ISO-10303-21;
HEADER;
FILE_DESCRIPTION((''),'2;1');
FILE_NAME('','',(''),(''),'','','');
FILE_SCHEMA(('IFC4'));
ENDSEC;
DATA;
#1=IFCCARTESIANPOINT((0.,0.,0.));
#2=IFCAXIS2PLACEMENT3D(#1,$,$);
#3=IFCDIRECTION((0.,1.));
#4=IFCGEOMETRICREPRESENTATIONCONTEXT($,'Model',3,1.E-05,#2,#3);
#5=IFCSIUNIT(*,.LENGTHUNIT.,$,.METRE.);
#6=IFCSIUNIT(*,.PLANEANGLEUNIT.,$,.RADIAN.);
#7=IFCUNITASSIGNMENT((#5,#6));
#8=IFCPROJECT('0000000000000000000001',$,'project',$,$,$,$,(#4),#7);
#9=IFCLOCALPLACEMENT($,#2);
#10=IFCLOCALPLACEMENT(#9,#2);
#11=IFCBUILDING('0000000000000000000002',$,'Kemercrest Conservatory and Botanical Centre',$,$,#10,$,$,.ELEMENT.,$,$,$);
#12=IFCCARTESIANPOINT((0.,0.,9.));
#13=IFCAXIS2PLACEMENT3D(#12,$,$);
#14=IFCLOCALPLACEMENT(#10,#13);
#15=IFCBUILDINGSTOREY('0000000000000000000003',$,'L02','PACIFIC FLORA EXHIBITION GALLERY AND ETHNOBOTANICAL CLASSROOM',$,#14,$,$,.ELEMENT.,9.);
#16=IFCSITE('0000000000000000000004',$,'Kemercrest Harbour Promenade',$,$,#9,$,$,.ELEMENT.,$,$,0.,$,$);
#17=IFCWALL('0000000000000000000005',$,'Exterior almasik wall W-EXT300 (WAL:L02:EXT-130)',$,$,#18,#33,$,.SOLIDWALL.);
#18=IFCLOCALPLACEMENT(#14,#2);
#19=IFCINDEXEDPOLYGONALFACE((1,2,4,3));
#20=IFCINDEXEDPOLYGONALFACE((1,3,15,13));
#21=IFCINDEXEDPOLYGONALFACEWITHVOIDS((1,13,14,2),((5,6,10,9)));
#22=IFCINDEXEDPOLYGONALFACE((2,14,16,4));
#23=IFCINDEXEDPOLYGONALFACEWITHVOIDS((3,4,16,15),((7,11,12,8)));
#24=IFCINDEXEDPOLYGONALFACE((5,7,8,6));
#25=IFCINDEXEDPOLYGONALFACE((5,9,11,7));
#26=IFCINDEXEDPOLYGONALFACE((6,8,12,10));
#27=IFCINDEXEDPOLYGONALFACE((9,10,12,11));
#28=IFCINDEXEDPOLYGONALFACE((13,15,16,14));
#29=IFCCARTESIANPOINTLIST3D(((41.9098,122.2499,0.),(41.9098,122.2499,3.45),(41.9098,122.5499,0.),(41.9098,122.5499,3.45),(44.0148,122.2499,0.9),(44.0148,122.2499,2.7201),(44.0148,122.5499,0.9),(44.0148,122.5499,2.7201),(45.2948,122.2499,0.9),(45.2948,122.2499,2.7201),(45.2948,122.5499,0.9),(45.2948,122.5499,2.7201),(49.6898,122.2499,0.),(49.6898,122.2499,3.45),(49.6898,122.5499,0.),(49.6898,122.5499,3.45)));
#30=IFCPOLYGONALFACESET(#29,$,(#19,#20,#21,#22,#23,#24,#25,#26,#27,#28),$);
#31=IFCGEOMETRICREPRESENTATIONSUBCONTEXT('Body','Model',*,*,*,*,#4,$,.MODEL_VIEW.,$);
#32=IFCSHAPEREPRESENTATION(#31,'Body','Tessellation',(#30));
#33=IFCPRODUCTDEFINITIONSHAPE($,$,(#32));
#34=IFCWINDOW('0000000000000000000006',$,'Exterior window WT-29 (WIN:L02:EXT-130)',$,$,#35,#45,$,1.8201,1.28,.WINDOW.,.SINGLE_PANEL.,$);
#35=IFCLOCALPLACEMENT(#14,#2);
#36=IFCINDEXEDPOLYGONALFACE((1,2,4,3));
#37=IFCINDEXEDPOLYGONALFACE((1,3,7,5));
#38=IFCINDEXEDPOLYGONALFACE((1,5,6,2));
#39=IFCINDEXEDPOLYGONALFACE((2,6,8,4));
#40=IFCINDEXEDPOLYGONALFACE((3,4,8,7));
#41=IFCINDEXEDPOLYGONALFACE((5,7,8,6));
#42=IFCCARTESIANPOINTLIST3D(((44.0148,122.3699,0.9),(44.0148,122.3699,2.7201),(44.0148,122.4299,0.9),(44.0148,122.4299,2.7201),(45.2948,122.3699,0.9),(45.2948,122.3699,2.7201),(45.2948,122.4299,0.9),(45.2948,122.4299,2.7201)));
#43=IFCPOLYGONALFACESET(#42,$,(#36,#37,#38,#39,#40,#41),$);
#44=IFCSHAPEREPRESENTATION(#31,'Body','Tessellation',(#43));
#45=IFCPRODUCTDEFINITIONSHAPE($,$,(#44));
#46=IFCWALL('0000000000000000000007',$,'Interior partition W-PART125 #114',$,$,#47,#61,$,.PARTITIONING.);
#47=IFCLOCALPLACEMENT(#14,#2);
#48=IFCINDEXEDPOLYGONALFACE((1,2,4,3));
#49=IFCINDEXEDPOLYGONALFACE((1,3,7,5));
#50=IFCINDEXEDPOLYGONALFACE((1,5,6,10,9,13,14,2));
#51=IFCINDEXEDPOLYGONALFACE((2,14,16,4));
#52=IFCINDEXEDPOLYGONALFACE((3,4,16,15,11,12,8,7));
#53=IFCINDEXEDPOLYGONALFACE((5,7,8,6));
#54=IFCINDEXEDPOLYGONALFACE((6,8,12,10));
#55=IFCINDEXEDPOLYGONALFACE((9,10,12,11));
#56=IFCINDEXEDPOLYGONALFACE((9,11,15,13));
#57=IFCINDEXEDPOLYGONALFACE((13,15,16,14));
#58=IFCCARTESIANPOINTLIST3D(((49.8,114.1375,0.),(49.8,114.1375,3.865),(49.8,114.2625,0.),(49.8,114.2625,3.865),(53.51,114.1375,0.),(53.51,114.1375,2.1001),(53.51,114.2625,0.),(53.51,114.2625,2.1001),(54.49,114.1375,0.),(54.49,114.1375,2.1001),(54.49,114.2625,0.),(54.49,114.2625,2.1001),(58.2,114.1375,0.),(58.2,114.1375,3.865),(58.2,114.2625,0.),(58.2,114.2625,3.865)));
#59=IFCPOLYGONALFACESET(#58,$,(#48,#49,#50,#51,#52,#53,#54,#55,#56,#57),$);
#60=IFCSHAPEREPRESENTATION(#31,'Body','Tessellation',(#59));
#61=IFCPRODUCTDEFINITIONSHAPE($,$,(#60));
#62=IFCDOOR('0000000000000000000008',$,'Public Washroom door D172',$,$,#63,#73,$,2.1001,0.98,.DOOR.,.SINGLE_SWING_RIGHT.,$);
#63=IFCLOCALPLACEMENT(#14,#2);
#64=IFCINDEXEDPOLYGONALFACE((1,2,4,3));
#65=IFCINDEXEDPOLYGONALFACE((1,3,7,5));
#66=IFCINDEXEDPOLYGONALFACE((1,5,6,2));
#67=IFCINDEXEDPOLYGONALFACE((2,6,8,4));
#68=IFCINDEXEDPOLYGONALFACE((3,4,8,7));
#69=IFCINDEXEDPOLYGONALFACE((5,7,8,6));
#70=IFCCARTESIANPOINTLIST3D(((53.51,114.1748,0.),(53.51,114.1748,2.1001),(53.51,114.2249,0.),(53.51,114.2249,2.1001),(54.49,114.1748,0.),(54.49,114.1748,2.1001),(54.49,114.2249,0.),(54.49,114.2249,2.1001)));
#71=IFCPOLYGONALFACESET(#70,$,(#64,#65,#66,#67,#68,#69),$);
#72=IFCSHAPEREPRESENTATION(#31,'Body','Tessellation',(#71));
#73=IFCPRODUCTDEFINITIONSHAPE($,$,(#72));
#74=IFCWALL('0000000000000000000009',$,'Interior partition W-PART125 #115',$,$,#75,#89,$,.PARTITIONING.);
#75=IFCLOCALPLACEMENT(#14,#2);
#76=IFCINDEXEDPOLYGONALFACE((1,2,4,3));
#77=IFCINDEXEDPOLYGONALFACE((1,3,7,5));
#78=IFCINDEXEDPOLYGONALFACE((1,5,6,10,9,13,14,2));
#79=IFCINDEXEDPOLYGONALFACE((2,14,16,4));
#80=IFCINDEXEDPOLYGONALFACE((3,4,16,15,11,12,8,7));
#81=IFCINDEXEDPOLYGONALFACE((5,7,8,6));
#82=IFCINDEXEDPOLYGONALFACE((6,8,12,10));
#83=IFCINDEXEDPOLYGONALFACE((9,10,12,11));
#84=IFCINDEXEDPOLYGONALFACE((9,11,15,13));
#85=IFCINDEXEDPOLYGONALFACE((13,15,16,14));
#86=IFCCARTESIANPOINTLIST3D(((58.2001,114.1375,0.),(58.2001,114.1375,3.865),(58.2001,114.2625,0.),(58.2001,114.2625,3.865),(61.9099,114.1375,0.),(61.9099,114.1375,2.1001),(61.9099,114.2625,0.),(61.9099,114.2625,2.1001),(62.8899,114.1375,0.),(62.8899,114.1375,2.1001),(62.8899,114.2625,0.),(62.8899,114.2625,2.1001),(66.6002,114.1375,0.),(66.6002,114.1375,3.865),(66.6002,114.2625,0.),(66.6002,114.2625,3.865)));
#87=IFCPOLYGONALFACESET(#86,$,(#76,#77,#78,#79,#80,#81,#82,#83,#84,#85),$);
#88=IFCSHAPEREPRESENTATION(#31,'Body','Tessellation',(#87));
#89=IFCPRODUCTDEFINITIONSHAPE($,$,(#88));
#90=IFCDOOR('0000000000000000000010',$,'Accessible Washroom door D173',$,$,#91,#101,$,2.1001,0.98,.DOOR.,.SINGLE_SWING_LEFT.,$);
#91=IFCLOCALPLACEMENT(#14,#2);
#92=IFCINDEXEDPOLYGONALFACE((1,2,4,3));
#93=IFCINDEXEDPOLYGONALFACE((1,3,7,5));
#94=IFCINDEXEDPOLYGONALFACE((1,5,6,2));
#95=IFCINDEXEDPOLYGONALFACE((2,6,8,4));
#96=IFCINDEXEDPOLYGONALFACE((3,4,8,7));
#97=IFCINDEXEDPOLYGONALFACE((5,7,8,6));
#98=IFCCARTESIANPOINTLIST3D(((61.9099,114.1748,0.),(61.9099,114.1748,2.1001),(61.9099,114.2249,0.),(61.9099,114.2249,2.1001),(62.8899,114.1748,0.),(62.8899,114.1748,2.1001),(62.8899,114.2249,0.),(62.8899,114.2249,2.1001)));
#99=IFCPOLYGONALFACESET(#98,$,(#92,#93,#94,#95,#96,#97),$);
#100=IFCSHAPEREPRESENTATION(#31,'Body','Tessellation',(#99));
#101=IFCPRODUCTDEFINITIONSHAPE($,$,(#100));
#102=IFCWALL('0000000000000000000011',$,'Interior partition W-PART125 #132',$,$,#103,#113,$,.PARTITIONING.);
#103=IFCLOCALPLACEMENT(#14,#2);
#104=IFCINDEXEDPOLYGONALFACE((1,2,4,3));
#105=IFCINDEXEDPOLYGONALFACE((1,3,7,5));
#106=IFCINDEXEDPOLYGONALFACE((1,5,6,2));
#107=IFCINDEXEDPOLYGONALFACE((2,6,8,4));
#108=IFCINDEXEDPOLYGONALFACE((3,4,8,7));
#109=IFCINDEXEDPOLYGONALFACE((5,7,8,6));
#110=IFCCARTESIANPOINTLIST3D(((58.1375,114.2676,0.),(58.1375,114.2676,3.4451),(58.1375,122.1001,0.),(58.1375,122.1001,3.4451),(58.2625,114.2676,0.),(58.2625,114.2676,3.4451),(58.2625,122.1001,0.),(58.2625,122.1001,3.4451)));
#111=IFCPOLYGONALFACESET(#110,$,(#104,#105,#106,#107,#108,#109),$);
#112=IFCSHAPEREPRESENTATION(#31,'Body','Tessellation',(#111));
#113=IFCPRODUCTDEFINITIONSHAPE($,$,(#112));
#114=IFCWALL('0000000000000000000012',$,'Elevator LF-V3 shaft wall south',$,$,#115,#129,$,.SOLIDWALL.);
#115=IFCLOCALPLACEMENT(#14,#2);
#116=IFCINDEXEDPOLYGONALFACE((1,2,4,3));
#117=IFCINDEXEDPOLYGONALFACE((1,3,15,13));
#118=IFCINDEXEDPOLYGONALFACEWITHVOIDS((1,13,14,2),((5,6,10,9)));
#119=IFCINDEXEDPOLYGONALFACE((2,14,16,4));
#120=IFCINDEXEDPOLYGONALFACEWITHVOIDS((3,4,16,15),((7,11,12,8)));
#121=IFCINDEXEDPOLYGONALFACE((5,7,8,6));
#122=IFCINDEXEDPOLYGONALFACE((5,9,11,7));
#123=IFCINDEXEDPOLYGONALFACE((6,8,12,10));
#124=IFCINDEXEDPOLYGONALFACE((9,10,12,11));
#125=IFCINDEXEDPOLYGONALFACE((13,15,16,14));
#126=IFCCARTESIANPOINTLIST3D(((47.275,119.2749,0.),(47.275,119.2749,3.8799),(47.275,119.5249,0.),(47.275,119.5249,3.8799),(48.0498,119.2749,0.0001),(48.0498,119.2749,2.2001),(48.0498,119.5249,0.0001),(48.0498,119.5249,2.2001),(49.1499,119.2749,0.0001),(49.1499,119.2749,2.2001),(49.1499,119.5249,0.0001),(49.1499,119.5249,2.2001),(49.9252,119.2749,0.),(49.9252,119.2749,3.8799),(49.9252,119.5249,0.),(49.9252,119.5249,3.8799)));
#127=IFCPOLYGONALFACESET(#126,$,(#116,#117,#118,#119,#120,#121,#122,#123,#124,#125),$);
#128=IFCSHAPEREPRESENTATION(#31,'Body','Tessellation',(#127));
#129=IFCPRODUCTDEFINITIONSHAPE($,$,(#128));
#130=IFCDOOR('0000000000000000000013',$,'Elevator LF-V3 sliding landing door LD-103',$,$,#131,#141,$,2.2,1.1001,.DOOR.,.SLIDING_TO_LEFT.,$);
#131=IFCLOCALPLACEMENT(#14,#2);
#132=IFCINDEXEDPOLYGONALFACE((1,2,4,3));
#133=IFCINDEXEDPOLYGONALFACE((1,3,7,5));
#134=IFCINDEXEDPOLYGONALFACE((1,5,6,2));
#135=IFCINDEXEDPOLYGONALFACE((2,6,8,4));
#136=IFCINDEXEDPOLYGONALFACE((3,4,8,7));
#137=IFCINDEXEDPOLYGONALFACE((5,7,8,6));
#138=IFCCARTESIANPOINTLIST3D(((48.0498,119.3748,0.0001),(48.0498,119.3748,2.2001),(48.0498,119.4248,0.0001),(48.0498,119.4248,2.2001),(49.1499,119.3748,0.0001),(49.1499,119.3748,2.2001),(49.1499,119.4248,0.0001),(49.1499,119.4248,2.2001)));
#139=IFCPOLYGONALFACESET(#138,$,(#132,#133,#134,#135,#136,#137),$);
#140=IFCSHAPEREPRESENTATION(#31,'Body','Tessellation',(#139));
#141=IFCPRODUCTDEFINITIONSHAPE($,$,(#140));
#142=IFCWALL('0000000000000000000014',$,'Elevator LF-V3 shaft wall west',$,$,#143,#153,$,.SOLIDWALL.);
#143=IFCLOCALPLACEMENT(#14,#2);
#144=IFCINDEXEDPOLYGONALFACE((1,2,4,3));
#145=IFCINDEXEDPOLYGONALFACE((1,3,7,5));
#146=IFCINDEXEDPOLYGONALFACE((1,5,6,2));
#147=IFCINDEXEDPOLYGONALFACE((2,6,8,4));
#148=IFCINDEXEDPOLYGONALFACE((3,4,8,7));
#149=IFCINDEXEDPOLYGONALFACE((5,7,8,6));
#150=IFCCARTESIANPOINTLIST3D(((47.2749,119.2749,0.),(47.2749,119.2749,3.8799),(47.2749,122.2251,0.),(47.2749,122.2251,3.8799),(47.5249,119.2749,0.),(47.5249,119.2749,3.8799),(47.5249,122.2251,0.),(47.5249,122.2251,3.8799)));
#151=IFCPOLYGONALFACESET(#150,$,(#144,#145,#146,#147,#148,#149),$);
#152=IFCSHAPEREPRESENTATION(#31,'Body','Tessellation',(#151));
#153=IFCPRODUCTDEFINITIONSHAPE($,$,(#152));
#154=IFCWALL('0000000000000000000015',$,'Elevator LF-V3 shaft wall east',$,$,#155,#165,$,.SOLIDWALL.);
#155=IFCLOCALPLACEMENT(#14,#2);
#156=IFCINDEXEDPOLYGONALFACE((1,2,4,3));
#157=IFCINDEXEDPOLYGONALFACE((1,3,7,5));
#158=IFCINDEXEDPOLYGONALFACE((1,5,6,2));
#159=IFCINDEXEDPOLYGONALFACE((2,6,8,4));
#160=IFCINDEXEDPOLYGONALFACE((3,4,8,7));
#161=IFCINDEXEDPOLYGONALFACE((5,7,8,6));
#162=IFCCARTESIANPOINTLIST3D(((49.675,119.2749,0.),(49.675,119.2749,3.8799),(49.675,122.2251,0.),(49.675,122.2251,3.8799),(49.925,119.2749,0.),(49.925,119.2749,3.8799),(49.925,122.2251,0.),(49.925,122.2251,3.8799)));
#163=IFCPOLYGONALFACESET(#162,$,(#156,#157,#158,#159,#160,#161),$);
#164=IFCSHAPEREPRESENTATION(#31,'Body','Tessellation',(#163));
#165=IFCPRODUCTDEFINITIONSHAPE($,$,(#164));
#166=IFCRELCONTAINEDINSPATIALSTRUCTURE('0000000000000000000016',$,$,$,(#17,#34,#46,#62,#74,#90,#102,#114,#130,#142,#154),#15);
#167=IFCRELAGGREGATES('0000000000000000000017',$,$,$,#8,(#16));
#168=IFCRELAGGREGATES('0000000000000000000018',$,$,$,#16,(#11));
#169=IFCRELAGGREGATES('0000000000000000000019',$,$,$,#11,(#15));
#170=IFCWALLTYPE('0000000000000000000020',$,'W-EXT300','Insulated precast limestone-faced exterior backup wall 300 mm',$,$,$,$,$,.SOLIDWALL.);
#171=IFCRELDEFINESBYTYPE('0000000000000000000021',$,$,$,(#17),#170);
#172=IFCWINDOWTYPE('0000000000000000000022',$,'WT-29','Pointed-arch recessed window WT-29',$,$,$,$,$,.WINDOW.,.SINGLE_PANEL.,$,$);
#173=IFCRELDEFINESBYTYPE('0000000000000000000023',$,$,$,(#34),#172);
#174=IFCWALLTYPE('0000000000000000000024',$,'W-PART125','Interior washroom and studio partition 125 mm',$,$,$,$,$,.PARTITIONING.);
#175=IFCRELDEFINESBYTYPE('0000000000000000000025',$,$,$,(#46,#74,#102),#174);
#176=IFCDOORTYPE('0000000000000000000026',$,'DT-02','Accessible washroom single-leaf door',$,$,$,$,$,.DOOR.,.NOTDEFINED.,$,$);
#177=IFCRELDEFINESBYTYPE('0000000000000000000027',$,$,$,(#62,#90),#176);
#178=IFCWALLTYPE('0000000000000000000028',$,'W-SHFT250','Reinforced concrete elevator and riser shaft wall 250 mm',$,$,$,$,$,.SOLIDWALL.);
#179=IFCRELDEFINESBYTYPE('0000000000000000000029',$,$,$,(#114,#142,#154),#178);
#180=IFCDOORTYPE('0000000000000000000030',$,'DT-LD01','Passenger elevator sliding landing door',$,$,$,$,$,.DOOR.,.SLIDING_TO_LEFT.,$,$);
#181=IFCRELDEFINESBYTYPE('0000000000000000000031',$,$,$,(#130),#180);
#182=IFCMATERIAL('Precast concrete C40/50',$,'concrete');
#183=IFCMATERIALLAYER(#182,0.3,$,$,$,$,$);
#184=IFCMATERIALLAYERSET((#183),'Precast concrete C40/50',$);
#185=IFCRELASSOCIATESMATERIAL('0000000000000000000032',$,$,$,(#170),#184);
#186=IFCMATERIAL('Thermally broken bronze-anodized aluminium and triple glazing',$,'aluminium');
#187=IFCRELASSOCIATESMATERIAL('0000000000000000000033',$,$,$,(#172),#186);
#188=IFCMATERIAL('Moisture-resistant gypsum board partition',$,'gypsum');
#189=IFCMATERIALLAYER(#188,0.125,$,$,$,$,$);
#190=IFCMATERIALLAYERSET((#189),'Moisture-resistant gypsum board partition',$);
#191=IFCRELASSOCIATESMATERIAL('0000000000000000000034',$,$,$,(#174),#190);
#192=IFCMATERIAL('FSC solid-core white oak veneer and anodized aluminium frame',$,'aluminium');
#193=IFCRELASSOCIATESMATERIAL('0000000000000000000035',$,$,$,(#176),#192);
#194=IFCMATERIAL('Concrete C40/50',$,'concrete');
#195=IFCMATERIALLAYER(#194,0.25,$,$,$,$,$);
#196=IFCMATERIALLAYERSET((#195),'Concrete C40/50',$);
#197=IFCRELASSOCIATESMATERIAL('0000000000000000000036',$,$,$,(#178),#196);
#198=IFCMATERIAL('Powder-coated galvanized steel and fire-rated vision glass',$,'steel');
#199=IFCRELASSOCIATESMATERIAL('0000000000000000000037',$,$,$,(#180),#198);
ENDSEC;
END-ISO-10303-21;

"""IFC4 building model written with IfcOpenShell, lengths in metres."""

from ifc_helpers import new_model, si_unit, direction, frame, frame_2d, origin, place, context, subcontext, project, spatial, rectangle, extrude, material, layer, layer_set, type_object, element, fill, save


model = new_model("IFC4")

# Units and contexts
model_context = context("Model", 3, precision=1e-05, world=origin(), true_north=direction((0.0, 1.0)))
body_context = subcontext(model_context, "Body", "Model", "MODEL_VIEW")
ifc_project = project(units=[si_unit("LENGTHUNIT", "METRE"), si_unit("PLANEANGLEUNIT", "RADIAN")], contexts=[model_context])

# Site, building, storey
site_placement = place(None, origin())
site = spatial("IfcSite", under=ifc_project, at=site_placement, Name="Kemercrest Harbour Promenade", CompositionType="ELEMENT", RefElevation=0.0)
building_placement = place(site_placement, origin())
building = spatial("IfcBuilding", under=site, at=building_placement, Name="Kemercrest Conservatory and Botanical Centre", CompositionType="ELEMENT")
storey_placement = place(building_placement, frame((0.0, 0.0, 9.0)))
storey = spatial("IfcBuildingStorey", under=building, at=storey_placement, Name="L02", Description="PACIFIC FLORA EXHIBITION GALLERY AND ETHNOBOTANICAL CLASSROOM", CompositionType="ELEMENT", Elevation=9.0)

# Shared definitions
ifc_material_1 = material(Name="Concrete C40/50", Category="concrete")

# Shared definitions
ifc_material_2 = material(Name="Precast concrete C40/50", Category="concrete")

# Wall, opening, window
ifc_layer_1 = layer(ifc_material_2, 0.3)
ifc_layer_set_1 = layer_set([ifc_layer_1], Name="Precast concrete C40/50")
wall_type_1 = type_object("IfcWallType", Name="W-EXT300", Description="Insulated precast limestone-faced exterior backup wall 300 mm", PredefinedType="SOLIDWALL", material=ifc_layer_set_1)
ifc_material_3 = material(Name="Thermally broken bronze-anodized aluminium and triple glazing", Category="aluminium")
wall_1_placement = place(storey_placement, frame((49.6899, 122.3999, 0.0), z_axis=(0.0, 0.0, 1.0), x_axis=(-1.0, 0.0, 0.0)))
wall_1 = element("IfcWall", 1, at=wall_1_placement, inside=storey, type_object=wall_type_1, Name="Exterior almasik wall W-EXT300 (WAL:L02:EXT-130)", PredefinedType="SOLIDWALL", context=body_context, shape_type="SweptSolid", body=[
    extrude(rectangle(XDim=7.78, YDim=0.3, at=frame_2d((3.8901, 0.0))), origin(), (0.0, 0.0, 1.0), 3.45),
])
opening_1_placement = place(wall_1_placement, frame((4.395, 0.0, 0.8999)))
opening_1 = element("IfcOpeningElement", 2, at=opening_1_placement, cuts=wall_1, PredefinedType="OPENING", context=body_context, shape_type="SweptSolid", body=[
    extrude(rectangle(XDim=1.28, YDim=1.8201, at=frame_2d((0.6401, 0.9102))), frame((0.0, 0.1602, 0.0), z_axis=(0.0, -1.0, 0.0), x_axis=(1.0, 0.0, 0.0)), (0.0, 0.0, 1.0), 0.3201),
])
window_type_1 = type_object("IfcWindowType", Name="WT-29", Description="Pointed-arch recessed window WT-29", PartitioningType="SINGLE_PANEL", PredefinedType="WINDOW", material=ifc_material_3)
window_1_placement = place(opening_1_placement, origin())
window_1 = element("IfcWindow", 3, at=window_1_placement, inside=storey, type_object=window_type_1, Name="Exterior window WT-29 (WIN:L02:EXT-130)", OverallHeight=1.8201, OverallWidth=1.28, PartitioningType="SINGLE_PANEL", PredefinedType="WINDOW", context=body_context, shape_type="SweptSolid", body=[
    extrude(rectangle(XDim=1.28, YDim=1.8201, at=frame_2d((0.6401, 0.9102))), frame((0.0, 0.03, 0.0), z_axis=(0.0, -1.0, 0.0), x_axis=(1.0, 0.0, 0.0)), (0.0, 0.0, 1.0), 0.0601),
])
fill(opening_1, window_1)

# Walls, openings, doors
ifc_material_4 = material(Name="Moisture-resistant gypsum board partition", Category="gypsum")
ifc_layer_2 = layer(ifc_material_4, 0.125)
ifc_layer_set_2 = layer_set([ifc_layer_2], Name="Moisture-resistant gypsum board partition")
wall_type_2 = type_object("IfcWallType", Name="W-PART125", Description="Interior washroom and studio partition 125 mm", PredefinedType="PARTITIONING", material=ifc_layer_set_2)
wall_2_placement = place(storey_placement, frame((49.8, 114.2, 0.0), z_axis=(0.0, 0.0, 1.0), x_axis=(1.0, 0.0, 0.0)))
wall_2 = element("IfcWall", 4, at=wall_2_placement, inside=storey, type_object=wall_type_2, Name="Interior partition W-PART125 #114", PredefinedType="PARTITIONING", context=body_context, shape_type="SweptSolid", body=[
    extrude(rectangle(XDim=8.3999, YDim=0.125, at=frame_2d((4.2, 0.0))), origin(), (0.0, 0.0, 1.0), 3.865),
])
opening_2_placement = place(wall_2_placement, frame((3.71, 0.0, 0.0)))
opening_2 = element("IfcOpeningElement", 5, at=opening_2_placement, cuts=wall_2, PredefinedType="OPENING", context=body_context, shape_type="SweptSolid", body=[
    extrude(rectangle(XDim=0.98, YDim=2.1001, at=frame_2d((0.49, 1.05))), frame((0.0, 0.0725, 0.0), z_axis=(0.0, -1.0, 0.0), x_axis=(1.0, 0.0, 0.0)), (0.0, 0.0, 1.0), 0.145),
])
ifc_material_5 = material(Name="FSC solid-core white oak veneer and anodized aluminium frame", Category="aluminium")
door_type_1 = type_object("IfcDoorType", Name="DT-02", Description="Accessible washroom single-leaf door", OperationType="NOTDEFINED", PredefinedType="DOOR", material=ifc_material_5)
door_1_placement = place(opening_2_placement, origin())
door_1 = element("IfcDoor", 6, at=door_1_placement, inside=storey, type_object=door_type_1, Name="Public Washroom door D172", OperationType="SINGLE_SWING_RIGHT", OverallHeight=2.1001, OverallWidth=0.98, PredefinedType="DOOR", context=body_context, shape_type="SweptSolid", body=[
    extrude(rectangle(XDim=0.98, YDim=2.1001, at=frame_2d((0.49, 1.05))), frame((0.0, 0.0249, 0.0), z_axis=(0.0, -1.0, 0.0), x_axis=(1.0, 0.0, 0.0)), (0.0, 0.0, 1.0), 0.05),
])
fill(opening_2, door_1)
wall_3_placement = place(storey_placement, frame((58.2, 114.2, 0.0), z_axis=(0.0, 0.0, 1.0), x_axis=(1.0, 0.0, 0.0)))
wall_3 = element("IfcWall", 7, at=wall_3_placement, inside=storey, type_object=wall_type_2, Name="Interior partition W-PART125 #115", PredefinedType="PARTITIONING", context=body_context, shape_type="SweptSolid", body=[
    extrude(rectangle(XDim=8.4001, YDim=0.125, at=frame_2d((4.2002, 0.0))), origin(), (0.0, 0.0, 1.0), 3.865),
])
opening_3_placement = place(wall_3_placement, frame((3.71, 0.0, 0.0)))
opening_3 = element("IfcOpeningElement", 8, at=opening_3_placement, cuts=wall_3, PredefinedType="OPENING", context=body_context, shape_type="SweptSolid", body=[
    extrude(rectangle(XDim=0.98, YDim=2.1001, at=frame_2d((0.49, 1.05))), frame((0.0, 0.0725, 0.0), z_axis=(0.0, -1.0, 0.0), x_axis=(1.0, 0.0, 0.0)), (0.0, 0.0, 1.0), 0.145),
])
door_2_placement = place(opening_3_placement, origin())
door_2 = element("IfcDoor", 9, at=door_2_placement, inside=storey, type_object=door_type_1, Name="Accessible Washroom door D173", OperationType="SINGLE_SWING_LEFT", OverallHeight=2.1001, OverallWidth=0.98, PredefinedType="DOOR", context=body_context, shape_type="SweptSolid", body=[
    extrude(rectangle(XDim=0.98, YDim=2.1001, at=frame_2d((0.49, 1.05))), frame((0.0, 0.0249, 0.0), z_axis=(0.0, -1.0, 0.0), x_axis=(1.0, 0.0, 0.0)), (0.0, 0.0, 1.0), 0.05),
])
fill(opening_3, door_2)

# Wall
wall_4_placement = place(storey_placement, frame((58.2, 114.2676, 0.0), z_axis=(0.0, 0.0, 1.0), x_axis=(0.0, 1.0, 0.0)))
element("IfcWall", 10, at=wall_4_placement, inside=storey, type_object=wall_type_2, Name="Interior partition W-PART125 #132", PredefinedType="PARTITIONING", context=body_context, shape_type="SweptSolid", body=[
    extrude(rectangle(XDim=7.8325, YDim=0.125, at=frame_2d((3.9163, 0.0))), origin(), (0.0, 0.0, 1.0), 3.4451),
])

# Wall, opening, door
ifc_layer_3 = layer(ifc_material_1, 0.25)
ifc_layer_set_3 = layer_set([ifc_layer_3], Name="Concrete C40/50")
wall_type_3 = type_object("IfcWallType", Name="W-SHFT250", Description="Reinforced concrete elevator and riser shaft wall 250 mm", PredefinedType="SOLIDWALL", material=ifc_layer_set_3)
wall_5_placement = place(storey_placement, frame((47.2749, 119.3999, 0.0), z_axis=(0.0, 0.0, 1.0), x_axis=(1.0, 0.0, 0.0)))
wall_5 = element("IfcWall", 11, at=wall_5_placement, inside=storey, type_object=wall_type_3, Name="Elevator LF-V3 shaft wall south", PredefinedType="SOLIDWALL", context=body_context, shape_type="SweptSolid", body=[
    extrude(rectangle(XDim=2.6501, YDim=0.25, at=frame_2d((1.3252, 0.0))), origin(), (0.0, 0.0, 1.0), 3.8799),
])
opening_4_placement = place(wall_5_placement, frame((0.7749, 0.0, 0.0)))
opening_4 = element("IfcOpeningElement", 12, at=opening_4_placement, cuts=wall_5, PredefinedType="OPENING", context=body_context, shape_type="SweptSolid", body=[
    extrude(rectangle(XDim=1.1001, YDim=2.2, at=frame_2d((0.55, 1.1001))), frame((0.0, 0.135, 0.0), z_axis=(0.0, -1.0, 0.0), x_axis=(1.0, 0.0, 0.0)), (0.0, 0.0, 1.0), 0.27),
])
ifc_material_6 = material(Name="Powder-coated galvanized steel and fire-rated vision glass", Category="steel")
door_type_2 = type_object("IfcDoorType", Name="DT-LD01", Description="Passenger elevator sliding landing door", OperationType="SLIDING_TO_LEFT", PredefinedType="DOOR", material=ifc_material_6)
door_3_placement = place(opening_4_placement, origin())
door_3 = element("IfcDoor", 13, at=door_3_placement, inside=storey, type_object=door_type_2, Name="Elevator LF-V3 sliding landing door LD-103", OperationType="SLIDING_TO_LEFT", OverallHeight=2.2, OverallWidth=1.1001, PredefinedType="DOOR", context=body_context, shape_type="SweptSolid", body=[
    extrude(rectangle(XDim=1.1001, YDim=2.2, at=frame_2d((0.55, 1.1001))), frame((0.0, 0.0249, 0.0), z_axis=(0.0, -1.0, 0.0), x_axis=(1.0, 0.0, 0.0)), (0.0, 0.0, 1.0), 0.05),
])
fill(opening_4, door_3)

# Walls
for number, where, z_axis, x_axis, name in (
    (14, (47.3999, 119.2749, 0.0), (0.0, 0.0, 1.0), (0.0, 1.0, 0.0), "Elevator LF-V3 shaft wall west"),
    (15, (49.8, 119.2749, 0.0), (0.0, 0.0, 1.0), (0.0, 1.0, 0.0), "Elevator LF-V3 shaft wall east"),
):
    element("IfcWall", number, at=place(storey_placement, frame(where, z_axis=z_axis, x_axis=x_axis)), inside=storey, type_object=wall_type_3, Name=name, PredefinedType="SOLIDWALL", context=body_context, shape_type="SweptSolid", body=[
        extrude(rectangle(XDim=2.9502, YDim=0.25, at=frame_2d((1.4751, 0.0))), origin(), (0.0, 0.0, 1.0), 3.8799),
    ])

save(model, "model.ifc")
